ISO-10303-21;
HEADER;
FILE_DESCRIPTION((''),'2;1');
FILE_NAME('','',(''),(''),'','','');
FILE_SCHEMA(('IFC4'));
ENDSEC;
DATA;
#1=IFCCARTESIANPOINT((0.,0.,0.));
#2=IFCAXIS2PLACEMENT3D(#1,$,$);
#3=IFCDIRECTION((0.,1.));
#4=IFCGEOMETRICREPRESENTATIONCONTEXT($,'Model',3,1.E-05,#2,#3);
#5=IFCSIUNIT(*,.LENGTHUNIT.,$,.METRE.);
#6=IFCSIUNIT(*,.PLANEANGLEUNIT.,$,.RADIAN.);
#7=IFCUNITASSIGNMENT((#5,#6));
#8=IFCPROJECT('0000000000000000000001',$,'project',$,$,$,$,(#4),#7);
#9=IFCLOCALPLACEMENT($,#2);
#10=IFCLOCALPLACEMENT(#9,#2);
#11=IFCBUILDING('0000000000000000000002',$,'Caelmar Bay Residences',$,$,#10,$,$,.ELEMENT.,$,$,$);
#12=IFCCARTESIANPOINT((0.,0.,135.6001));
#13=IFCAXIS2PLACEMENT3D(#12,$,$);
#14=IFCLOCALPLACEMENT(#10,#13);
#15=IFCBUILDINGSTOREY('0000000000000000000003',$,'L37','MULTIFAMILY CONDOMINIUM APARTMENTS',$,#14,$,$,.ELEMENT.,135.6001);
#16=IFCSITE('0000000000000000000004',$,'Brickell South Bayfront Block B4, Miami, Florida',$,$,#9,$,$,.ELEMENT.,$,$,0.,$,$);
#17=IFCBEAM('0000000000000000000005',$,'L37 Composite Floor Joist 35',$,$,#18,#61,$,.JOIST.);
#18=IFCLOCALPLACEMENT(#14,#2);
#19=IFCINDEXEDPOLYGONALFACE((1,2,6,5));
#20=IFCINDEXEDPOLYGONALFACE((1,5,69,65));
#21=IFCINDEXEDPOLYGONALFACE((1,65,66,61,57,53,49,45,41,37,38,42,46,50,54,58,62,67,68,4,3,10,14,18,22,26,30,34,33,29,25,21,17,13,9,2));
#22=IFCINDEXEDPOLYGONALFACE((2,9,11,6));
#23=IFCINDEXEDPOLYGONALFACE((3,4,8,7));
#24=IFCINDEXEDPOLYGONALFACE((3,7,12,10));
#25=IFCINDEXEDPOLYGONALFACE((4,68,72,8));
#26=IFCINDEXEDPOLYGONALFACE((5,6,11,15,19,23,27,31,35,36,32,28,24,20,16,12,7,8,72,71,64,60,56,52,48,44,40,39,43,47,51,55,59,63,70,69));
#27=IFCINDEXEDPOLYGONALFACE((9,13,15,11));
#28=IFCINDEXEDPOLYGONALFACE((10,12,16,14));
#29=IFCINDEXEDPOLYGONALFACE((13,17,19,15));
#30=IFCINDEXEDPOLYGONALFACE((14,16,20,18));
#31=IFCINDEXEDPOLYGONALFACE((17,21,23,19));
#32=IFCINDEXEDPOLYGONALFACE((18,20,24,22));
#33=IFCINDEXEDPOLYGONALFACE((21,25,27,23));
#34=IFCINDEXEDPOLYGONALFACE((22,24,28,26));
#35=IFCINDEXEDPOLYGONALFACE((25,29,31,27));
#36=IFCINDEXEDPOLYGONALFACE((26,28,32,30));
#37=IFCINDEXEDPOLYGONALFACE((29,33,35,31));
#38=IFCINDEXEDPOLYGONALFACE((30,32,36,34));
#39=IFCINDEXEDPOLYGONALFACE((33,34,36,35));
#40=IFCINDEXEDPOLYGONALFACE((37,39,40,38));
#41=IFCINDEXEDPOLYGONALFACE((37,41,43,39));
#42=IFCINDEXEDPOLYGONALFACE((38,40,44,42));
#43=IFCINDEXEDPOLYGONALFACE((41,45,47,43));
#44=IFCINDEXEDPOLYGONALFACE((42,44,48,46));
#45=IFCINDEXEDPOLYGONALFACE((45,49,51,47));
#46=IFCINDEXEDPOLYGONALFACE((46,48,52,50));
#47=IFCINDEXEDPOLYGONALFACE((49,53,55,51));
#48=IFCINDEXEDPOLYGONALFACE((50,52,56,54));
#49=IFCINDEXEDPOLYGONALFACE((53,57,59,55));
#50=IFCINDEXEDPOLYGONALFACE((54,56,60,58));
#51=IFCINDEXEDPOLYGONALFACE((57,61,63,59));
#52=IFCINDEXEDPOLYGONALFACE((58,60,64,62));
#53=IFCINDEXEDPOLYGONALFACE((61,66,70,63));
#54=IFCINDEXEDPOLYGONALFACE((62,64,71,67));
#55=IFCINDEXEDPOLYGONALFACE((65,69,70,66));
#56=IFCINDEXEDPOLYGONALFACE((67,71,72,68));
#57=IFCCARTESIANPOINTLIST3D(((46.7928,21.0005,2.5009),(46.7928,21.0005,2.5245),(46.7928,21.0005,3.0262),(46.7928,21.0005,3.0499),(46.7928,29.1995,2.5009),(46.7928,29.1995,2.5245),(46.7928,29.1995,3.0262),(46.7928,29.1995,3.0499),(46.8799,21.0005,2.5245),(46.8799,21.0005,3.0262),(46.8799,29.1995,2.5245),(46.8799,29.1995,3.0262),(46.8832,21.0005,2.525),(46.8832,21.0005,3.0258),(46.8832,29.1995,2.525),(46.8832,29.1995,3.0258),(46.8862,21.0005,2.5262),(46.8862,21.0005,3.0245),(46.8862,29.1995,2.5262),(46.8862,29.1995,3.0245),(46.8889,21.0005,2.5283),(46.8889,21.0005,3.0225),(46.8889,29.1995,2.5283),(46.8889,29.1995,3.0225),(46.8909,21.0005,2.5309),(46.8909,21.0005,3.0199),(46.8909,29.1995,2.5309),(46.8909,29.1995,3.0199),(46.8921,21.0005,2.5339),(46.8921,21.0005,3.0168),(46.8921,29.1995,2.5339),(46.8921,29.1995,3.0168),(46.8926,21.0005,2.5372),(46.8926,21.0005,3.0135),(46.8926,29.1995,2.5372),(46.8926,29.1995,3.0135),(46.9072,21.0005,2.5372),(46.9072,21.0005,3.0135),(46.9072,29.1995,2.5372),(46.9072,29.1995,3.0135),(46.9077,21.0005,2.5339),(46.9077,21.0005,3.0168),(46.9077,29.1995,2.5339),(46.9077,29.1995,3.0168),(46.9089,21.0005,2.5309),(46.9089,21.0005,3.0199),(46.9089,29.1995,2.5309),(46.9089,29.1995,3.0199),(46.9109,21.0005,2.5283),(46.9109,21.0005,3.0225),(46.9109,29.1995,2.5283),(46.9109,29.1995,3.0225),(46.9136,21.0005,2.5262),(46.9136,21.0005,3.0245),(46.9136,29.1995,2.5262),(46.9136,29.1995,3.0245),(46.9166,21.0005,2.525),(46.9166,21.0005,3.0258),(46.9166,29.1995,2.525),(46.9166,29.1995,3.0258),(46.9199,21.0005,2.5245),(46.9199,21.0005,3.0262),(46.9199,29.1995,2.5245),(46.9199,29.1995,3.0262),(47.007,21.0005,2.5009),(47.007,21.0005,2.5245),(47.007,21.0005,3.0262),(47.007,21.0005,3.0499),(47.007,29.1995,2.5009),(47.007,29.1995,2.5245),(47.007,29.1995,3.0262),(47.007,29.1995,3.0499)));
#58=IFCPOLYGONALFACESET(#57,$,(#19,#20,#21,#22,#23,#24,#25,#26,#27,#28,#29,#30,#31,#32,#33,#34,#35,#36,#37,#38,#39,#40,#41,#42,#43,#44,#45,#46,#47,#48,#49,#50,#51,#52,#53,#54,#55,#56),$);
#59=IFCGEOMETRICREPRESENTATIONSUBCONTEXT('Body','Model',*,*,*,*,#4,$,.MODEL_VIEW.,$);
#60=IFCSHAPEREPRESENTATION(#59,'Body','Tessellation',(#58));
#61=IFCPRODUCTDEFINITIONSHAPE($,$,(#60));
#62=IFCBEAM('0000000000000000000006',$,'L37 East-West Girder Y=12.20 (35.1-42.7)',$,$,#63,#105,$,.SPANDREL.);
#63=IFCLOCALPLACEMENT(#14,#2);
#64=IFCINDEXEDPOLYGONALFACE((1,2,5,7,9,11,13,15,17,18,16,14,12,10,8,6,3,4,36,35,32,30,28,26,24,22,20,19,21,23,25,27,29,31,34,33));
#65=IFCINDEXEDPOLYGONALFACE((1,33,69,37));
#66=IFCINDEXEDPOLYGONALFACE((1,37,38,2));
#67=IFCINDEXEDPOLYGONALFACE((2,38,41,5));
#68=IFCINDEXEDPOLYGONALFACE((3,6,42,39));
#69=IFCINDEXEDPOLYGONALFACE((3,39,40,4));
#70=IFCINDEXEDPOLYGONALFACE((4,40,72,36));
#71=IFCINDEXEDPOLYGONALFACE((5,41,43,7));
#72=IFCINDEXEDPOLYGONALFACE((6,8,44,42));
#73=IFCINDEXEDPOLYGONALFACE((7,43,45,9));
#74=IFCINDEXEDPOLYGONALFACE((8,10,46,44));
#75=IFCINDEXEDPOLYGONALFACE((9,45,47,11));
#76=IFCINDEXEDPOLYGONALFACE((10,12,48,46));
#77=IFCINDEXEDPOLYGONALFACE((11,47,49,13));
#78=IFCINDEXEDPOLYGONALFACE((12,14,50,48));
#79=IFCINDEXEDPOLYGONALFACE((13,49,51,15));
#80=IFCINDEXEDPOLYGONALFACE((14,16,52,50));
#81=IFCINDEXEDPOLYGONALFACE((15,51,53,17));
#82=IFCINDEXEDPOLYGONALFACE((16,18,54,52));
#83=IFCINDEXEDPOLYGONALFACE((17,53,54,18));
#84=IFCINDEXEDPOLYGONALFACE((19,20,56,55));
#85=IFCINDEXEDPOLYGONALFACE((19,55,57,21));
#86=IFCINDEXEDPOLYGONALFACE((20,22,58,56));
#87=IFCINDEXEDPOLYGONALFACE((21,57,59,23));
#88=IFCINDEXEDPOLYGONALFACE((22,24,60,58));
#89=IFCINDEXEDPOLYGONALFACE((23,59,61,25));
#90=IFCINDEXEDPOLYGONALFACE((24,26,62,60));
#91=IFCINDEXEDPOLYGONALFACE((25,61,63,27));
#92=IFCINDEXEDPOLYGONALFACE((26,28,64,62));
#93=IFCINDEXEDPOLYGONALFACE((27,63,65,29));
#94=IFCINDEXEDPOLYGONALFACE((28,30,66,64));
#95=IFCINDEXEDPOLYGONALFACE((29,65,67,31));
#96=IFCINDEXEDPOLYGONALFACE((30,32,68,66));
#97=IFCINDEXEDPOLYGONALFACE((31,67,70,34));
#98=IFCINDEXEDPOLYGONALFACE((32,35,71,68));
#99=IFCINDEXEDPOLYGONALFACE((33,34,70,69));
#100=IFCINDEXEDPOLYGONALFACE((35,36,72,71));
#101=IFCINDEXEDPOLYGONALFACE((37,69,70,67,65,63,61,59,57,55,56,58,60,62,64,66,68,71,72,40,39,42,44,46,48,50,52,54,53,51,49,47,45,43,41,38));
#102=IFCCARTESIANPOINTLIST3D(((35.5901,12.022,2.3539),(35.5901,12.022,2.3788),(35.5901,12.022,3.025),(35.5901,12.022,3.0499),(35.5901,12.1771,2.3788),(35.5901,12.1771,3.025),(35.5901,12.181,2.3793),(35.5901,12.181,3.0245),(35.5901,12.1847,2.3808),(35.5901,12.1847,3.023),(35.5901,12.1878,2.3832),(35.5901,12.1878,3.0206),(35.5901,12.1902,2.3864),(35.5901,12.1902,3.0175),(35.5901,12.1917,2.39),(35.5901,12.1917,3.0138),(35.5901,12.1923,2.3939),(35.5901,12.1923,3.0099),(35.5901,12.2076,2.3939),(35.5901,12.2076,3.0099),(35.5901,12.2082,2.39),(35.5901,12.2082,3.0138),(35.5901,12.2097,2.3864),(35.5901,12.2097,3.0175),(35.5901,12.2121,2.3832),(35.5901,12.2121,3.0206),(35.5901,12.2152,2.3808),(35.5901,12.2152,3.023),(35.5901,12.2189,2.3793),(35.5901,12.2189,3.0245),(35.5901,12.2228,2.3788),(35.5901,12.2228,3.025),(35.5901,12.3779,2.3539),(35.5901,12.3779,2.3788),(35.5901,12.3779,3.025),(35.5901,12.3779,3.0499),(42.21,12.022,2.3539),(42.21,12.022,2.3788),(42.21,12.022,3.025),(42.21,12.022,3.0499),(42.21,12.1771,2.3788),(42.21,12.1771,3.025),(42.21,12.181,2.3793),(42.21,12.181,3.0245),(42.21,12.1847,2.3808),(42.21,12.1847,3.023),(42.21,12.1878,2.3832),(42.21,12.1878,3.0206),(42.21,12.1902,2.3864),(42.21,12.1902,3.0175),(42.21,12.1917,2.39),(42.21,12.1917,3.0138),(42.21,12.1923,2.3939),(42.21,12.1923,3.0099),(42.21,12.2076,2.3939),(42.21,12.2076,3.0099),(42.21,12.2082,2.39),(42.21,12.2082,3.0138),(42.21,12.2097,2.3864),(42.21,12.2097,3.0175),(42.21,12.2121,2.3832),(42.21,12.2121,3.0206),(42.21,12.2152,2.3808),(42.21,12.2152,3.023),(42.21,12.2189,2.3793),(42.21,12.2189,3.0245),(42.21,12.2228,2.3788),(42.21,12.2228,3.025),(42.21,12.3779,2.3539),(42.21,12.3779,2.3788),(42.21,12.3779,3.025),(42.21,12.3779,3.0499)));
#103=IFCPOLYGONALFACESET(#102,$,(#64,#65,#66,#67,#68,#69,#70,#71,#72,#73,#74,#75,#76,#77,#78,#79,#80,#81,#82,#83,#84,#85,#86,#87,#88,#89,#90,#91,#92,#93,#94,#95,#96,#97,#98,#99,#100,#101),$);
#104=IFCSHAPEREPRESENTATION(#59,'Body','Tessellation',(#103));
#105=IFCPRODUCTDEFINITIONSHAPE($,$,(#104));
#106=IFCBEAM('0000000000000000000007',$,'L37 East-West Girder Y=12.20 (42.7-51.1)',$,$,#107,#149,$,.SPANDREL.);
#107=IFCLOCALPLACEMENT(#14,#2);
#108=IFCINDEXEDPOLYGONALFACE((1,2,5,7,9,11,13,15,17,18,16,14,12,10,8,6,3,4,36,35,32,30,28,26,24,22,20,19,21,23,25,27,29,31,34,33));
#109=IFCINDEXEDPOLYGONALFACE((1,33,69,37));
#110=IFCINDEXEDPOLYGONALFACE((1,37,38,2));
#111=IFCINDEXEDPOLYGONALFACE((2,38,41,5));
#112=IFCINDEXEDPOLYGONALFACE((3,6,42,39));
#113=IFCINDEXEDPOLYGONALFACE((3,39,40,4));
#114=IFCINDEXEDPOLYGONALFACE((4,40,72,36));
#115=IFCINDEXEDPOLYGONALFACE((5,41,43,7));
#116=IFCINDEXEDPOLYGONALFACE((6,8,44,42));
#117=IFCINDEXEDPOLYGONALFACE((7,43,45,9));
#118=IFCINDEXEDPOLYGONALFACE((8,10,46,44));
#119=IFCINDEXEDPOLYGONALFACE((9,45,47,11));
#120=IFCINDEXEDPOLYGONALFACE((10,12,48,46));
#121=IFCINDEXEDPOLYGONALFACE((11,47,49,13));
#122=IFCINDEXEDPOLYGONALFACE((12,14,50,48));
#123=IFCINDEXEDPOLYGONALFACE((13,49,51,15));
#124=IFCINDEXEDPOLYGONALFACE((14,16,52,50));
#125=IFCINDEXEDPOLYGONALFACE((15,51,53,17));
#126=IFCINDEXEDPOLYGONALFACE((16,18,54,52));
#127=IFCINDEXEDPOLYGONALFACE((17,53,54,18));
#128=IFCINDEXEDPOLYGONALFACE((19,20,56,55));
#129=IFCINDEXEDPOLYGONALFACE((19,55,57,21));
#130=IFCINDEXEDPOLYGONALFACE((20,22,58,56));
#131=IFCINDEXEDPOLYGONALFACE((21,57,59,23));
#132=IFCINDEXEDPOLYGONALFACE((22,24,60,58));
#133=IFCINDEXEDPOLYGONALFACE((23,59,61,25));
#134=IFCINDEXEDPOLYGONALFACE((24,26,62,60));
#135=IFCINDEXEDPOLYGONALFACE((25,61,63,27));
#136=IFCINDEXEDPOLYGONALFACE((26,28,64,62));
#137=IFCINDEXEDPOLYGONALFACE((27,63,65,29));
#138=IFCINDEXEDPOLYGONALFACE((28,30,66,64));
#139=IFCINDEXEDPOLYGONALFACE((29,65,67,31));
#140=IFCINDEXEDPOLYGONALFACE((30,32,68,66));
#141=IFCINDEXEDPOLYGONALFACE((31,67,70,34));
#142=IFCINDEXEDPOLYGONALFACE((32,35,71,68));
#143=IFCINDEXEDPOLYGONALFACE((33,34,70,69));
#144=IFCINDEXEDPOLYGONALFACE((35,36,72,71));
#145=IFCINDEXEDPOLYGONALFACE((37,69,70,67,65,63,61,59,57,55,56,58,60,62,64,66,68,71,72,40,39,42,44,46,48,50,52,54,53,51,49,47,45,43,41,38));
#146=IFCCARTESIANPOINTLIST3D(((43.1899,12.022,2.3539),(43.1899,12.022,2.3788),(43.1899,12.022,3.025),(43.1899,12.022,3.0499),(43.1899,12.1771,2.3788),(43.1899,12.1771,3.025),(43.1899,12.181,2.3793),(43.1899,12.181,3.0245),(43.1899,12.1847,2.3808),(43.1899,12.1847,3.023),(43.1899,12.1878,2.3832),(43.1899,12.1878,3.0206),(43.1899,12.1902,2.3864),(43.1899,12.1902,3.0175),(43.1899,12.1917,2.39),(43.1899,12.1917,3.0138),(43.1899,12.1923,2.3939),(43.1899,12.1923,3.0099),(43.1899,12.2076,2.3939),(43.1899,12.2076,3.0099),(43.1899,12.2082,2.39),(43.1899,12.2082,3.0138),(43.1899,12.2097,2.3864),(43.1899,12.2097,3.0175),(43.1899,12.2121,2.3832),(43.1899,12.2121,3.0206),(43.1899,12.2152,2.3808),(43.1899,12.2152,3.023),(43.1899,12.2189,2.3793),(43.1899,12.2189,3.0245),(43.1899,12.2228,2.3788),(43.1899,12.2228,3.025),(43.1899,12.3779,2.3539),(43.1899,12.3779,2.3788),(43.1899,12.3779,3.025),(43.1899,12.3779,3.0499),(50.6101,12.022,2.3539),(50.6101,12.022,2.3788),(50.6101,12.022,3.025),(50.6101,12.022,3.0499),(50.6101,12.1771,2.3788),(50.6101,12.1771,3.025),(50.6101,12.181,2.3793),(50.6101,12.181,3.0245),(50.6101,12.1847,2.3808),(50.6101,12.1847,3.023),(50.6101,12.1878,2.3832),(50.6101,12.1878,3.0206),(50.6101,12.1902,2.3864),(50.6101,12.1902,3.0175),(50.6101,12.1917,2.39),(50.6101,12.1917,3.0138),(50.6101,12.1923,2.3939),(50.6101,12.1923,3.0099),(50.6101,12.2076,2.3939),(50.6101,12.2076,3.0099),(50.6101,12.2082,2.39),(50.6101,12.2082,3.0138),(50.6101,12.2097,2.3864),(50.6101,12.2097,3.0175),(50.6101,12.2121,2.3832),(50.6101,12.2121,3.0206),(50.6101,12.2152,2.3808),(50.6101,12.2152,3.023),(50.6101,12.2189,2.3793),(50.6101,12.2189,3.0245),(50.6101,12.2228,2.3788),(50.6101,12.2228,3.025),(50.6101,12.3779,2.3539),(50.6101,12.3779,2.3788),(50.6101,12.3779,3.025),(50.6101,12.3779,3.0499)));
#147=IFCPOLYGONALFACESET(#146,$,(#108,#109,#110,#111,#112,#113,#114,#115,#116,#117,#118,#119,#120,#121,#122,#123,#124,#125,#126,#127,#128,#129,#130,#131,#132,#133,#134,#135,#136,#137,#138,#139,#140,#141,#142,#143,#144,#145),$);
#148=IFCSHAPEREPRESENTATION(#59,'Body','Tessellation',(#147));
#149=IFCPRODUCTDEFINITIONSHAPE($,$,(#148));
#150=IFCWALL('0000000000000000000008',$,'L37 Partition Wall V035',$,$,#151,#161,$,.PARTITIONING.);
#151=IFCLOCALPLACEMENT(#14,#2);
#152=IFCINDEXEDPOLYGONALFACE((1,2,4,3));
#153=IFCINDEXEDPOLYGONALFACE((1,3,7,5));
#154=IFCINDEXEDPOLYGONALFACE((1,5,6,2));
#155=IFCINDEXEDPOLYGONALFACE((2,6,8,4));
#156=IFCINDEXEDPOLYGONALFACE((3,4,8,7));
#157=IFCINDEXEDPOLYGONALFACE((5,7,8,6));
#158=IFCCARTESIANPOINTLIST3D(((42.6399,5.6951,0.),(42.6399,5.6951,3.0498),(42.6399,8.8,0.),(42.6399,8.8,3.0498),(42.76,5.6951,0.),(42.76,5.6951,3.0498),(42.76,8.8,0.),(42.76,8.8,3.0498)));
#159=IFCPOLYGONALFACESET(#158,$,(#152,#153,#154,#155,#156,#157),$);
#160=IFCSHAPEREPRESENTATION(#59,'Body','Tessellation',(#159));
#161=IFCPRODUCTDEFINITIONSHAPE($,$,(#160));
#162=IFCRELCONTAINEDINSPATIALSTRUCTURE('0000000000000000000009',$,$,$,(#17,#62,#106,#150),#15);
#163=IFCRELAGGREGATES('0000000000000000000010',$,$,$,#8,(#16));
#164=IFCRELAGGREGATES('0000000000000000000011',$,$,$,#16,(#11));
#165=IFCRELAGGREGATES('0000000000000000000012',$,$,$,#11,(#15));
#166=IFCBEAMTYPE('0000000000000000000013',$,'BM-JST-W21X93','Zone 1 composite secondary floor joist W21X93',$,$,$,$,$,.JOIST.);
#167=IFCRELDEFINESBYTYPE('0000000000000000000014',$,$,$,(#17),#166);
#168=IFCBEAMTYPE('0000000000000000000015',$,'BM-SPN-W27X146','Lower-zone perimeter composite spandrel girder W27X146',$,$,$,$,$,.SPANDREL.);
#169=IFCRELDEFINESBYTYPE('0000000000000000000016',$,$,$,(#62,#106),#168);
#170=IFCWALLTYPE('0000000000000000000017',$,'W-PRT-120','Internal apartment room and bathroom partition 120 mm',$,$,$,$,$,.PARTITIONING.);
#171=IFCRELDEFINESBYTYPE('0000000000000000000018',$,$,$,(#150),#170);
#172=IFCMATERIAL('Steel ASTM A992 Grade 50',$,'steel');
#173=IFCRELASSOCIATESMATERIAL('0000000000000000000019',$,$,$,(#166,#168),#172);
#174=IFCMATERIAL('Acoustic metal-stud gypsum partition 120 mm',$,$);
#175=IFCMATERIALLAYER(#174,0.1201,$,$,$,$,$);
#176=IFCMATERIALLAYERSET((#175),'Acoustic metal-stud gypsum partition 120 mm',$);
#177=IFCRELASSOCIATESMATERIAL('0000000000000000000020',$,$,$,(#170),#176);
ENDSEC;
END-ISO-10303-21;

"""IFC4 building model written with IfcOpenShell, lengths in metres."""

from ifc_helpers import new_model, si_unit, direction, frame, frame_2d, origin, origin_2d, place, context, subcontext, project, spatial, rectangle, i_section, extrude, material, layer, layer_set, material_profile, profile_set, type_object, element, save


model = new_model("IFC4")

# Units and contexts
model_context = context("Model", 3, precision=1e-05, world=origin(), true_north=direction((0.0, 1.0)))
body_context = subcontext(model_context, "Body", "Model", "MODEL_VIEW")
ifc_project = project(units=[si_unit("LENGTHUNIT", "METRE"), si_unit("PLANEANGLEUNIT", "RADIAN")], contexts=[model_context])

# Site, building, storey
site_placement = place(None, origin())
site = spatial("IfcSite", under=ifc_project, at=site_placement, Name="Brickell South Bayfront Block B4, Miami, Florida", CompositionType="ELEMENT", RefElevation=0.0)
building_placement = place(site_placement, origin())
building = spatial("IfcBuilding", under=site, at=building_placement, Name="Caelmar Bay Residences", CompositionType="ELEMENT")
storey_placement = place(building_placement, frame((0.0, 0.0, 135.6001)))
storey = spatial("IfcBuildingStorey", under=building, at=storey_placement, Name="L37", Description="MULTIFAMILY CONDOMINIUM APARTMENTS", CompositionType="ELEMENT", Elevation=135.6001)

# Beams
ifc_material_1 = material(Name="Steel ASTM A992 Grade 50", Category="steel")
ifc_material_profile_1 = material_profile(ifc_material_1, i_section(OverallWidth=0.2141, OverallDepth=0.5491, WebThickness=0.0146, FlangeThickness=0.0237, FilletRadius=0.0127, at=origin_2d()), Name="W21X93")
ifc_profile_set_1 = profile_set([ifc_material_profile_1], Name="Steel ASTM A992 Grade 50")
beam_type_1 = type_object("IfcBeamType", Name="BM-JST-W21X93", Description="Zone 1 composite secondary floor joist W21X93", PredefinedType="JOIST", material=ifc_profile_set_1)
for number, where, z_axis, x_axis, name in (
    (1, (46.8999, 21.0005, 2.7754), (0.0, 1.0, 0.0), (-1.0, 0.0, 0.0), "L37 Composite Floor Joist 35"),
):
    element("IfcBeam", number, at=place(storey_placement, frame(where, z_axis=z_axis, x_axis=x_axis)), inside=storey, type_object=beam_type_1, Name=name, PredefinedType="JOIST", context=body_context, shape_type="SweptSolid", body=[
        extrude(i_section(OverallWidth=0.2141, OverallDepth=0.5491, WebThickness=0.0146, FlangeThickness=0.0237, FilletRadius=0.0127, at=origin_2d()), origin(), (0.0, 0.0, 1.0), 8.199),
    ])
ifc_material_profile_2 = material_profile(ifc_material_1, i_section(OverallWidth=0.356, OverallDepth=0.696, WebThickness=0.0154, FlangeThickness=0.0249, FilletRadius=0.0151, at=origin_2d()), Name="W27X146")
ifc_profile_set_2 = profile_set([ifc_material_profile_2], Name="Steel ASTM A992 Grade 50")
beam_type_2 = type_object("IfcBeamType", Name="BM-SPN-W27X146", Description="Lower-zone perimeter composite spandrel girder W27X146", PredefinedType="SPANDREL", material=ifc_profile_set_2)
beam_1_placement = place(storey_placement, frame((35.5901, 12.2, 2.7019), z_axis=(1.0, 0.0, 0.0), x_axis=(0.0, 1.0, 0.0)))
element("IfcBeam", 2, at=beam_1_placement, inside=storey, type_object=beam_type_2, Name="L37 East-West Girder Y=12.20 (35.1-42.7)", PredefinedType="SPANDREL", context=body_context, shape_type="SweptSolid", body=[
    extrude(i_section(OverallWidth=0.356, OverallDepth=0.696, WebThickness=0.0154, FlangeThickness=0.0249, FilletRadius=0.0151, at=origin_2d()), origin(), (0.0, 0.0, 1.0), 6.6199),
])
beam_2_placement = place(storey_placement, frame((43.1899, 12.2, 2.7019), z_axis=(1.0, 0.0, 0.0), x_axis=(0.0, 1.0, 0.0)))
element("IfcBeam", 3, at=beam_2_placement, inside=storey, type_object=beam_type_2, Name="L37 East-West Girder Y=12.20 (42.7-51.1)", PredefinedType="SPANDREL", context=body_context, shape_type="SweptSolid", body=[
    extrude(i_section(OverallWidth=0.356, OverallDepth=0.696, WebThickness=0.0154, FlangeThickness=0.0249, FilletRadius=0.0151, at=origin_2d()), origin(), (0.0, 0.0, 1.0), 7.4202),
])

# Wall
ifc_material_2 = material(Name="Acoustic metal-stud gypsum partition 120 mm")
ifc_layer_1 = layer(ifc_material_2, 0.1201)
ifc_layer_set_1 = layer_set([ifc_layer_1], Name="Acoustic metal-stud gypsum partition 120 mm")
wall_type_1 = type_object("IfcWallType", Name="W-PRT-120", Description="Internal apartment room and bathroom partition 120 mm", PredefinedType="PARTITIONING", material=ifc_layer_set_1)
wall_1_placement = place(storey_placement, frame((42.7, 5.6951, 0.0), z_axis=(0.0, 0.0, 1.0), x_axis=(0.0, 1.0, 0.0)))
element("IfcWall", 4, at=wall_1_placement, inside=storey, type_object=wall_type_1, Name="L37 Partition Wall V035", PredefinedType="PARTITIONING", context=body_context, shape_type="SweptSolid", body=[
    extrude(rectangle(XDim=3.105, YDim=0.1201, at=frame_2d((1.5525, 0.0))), origin(), (0.0, 0.0, 1.0), 3.0498),
])

save(model, "model.ifc")
